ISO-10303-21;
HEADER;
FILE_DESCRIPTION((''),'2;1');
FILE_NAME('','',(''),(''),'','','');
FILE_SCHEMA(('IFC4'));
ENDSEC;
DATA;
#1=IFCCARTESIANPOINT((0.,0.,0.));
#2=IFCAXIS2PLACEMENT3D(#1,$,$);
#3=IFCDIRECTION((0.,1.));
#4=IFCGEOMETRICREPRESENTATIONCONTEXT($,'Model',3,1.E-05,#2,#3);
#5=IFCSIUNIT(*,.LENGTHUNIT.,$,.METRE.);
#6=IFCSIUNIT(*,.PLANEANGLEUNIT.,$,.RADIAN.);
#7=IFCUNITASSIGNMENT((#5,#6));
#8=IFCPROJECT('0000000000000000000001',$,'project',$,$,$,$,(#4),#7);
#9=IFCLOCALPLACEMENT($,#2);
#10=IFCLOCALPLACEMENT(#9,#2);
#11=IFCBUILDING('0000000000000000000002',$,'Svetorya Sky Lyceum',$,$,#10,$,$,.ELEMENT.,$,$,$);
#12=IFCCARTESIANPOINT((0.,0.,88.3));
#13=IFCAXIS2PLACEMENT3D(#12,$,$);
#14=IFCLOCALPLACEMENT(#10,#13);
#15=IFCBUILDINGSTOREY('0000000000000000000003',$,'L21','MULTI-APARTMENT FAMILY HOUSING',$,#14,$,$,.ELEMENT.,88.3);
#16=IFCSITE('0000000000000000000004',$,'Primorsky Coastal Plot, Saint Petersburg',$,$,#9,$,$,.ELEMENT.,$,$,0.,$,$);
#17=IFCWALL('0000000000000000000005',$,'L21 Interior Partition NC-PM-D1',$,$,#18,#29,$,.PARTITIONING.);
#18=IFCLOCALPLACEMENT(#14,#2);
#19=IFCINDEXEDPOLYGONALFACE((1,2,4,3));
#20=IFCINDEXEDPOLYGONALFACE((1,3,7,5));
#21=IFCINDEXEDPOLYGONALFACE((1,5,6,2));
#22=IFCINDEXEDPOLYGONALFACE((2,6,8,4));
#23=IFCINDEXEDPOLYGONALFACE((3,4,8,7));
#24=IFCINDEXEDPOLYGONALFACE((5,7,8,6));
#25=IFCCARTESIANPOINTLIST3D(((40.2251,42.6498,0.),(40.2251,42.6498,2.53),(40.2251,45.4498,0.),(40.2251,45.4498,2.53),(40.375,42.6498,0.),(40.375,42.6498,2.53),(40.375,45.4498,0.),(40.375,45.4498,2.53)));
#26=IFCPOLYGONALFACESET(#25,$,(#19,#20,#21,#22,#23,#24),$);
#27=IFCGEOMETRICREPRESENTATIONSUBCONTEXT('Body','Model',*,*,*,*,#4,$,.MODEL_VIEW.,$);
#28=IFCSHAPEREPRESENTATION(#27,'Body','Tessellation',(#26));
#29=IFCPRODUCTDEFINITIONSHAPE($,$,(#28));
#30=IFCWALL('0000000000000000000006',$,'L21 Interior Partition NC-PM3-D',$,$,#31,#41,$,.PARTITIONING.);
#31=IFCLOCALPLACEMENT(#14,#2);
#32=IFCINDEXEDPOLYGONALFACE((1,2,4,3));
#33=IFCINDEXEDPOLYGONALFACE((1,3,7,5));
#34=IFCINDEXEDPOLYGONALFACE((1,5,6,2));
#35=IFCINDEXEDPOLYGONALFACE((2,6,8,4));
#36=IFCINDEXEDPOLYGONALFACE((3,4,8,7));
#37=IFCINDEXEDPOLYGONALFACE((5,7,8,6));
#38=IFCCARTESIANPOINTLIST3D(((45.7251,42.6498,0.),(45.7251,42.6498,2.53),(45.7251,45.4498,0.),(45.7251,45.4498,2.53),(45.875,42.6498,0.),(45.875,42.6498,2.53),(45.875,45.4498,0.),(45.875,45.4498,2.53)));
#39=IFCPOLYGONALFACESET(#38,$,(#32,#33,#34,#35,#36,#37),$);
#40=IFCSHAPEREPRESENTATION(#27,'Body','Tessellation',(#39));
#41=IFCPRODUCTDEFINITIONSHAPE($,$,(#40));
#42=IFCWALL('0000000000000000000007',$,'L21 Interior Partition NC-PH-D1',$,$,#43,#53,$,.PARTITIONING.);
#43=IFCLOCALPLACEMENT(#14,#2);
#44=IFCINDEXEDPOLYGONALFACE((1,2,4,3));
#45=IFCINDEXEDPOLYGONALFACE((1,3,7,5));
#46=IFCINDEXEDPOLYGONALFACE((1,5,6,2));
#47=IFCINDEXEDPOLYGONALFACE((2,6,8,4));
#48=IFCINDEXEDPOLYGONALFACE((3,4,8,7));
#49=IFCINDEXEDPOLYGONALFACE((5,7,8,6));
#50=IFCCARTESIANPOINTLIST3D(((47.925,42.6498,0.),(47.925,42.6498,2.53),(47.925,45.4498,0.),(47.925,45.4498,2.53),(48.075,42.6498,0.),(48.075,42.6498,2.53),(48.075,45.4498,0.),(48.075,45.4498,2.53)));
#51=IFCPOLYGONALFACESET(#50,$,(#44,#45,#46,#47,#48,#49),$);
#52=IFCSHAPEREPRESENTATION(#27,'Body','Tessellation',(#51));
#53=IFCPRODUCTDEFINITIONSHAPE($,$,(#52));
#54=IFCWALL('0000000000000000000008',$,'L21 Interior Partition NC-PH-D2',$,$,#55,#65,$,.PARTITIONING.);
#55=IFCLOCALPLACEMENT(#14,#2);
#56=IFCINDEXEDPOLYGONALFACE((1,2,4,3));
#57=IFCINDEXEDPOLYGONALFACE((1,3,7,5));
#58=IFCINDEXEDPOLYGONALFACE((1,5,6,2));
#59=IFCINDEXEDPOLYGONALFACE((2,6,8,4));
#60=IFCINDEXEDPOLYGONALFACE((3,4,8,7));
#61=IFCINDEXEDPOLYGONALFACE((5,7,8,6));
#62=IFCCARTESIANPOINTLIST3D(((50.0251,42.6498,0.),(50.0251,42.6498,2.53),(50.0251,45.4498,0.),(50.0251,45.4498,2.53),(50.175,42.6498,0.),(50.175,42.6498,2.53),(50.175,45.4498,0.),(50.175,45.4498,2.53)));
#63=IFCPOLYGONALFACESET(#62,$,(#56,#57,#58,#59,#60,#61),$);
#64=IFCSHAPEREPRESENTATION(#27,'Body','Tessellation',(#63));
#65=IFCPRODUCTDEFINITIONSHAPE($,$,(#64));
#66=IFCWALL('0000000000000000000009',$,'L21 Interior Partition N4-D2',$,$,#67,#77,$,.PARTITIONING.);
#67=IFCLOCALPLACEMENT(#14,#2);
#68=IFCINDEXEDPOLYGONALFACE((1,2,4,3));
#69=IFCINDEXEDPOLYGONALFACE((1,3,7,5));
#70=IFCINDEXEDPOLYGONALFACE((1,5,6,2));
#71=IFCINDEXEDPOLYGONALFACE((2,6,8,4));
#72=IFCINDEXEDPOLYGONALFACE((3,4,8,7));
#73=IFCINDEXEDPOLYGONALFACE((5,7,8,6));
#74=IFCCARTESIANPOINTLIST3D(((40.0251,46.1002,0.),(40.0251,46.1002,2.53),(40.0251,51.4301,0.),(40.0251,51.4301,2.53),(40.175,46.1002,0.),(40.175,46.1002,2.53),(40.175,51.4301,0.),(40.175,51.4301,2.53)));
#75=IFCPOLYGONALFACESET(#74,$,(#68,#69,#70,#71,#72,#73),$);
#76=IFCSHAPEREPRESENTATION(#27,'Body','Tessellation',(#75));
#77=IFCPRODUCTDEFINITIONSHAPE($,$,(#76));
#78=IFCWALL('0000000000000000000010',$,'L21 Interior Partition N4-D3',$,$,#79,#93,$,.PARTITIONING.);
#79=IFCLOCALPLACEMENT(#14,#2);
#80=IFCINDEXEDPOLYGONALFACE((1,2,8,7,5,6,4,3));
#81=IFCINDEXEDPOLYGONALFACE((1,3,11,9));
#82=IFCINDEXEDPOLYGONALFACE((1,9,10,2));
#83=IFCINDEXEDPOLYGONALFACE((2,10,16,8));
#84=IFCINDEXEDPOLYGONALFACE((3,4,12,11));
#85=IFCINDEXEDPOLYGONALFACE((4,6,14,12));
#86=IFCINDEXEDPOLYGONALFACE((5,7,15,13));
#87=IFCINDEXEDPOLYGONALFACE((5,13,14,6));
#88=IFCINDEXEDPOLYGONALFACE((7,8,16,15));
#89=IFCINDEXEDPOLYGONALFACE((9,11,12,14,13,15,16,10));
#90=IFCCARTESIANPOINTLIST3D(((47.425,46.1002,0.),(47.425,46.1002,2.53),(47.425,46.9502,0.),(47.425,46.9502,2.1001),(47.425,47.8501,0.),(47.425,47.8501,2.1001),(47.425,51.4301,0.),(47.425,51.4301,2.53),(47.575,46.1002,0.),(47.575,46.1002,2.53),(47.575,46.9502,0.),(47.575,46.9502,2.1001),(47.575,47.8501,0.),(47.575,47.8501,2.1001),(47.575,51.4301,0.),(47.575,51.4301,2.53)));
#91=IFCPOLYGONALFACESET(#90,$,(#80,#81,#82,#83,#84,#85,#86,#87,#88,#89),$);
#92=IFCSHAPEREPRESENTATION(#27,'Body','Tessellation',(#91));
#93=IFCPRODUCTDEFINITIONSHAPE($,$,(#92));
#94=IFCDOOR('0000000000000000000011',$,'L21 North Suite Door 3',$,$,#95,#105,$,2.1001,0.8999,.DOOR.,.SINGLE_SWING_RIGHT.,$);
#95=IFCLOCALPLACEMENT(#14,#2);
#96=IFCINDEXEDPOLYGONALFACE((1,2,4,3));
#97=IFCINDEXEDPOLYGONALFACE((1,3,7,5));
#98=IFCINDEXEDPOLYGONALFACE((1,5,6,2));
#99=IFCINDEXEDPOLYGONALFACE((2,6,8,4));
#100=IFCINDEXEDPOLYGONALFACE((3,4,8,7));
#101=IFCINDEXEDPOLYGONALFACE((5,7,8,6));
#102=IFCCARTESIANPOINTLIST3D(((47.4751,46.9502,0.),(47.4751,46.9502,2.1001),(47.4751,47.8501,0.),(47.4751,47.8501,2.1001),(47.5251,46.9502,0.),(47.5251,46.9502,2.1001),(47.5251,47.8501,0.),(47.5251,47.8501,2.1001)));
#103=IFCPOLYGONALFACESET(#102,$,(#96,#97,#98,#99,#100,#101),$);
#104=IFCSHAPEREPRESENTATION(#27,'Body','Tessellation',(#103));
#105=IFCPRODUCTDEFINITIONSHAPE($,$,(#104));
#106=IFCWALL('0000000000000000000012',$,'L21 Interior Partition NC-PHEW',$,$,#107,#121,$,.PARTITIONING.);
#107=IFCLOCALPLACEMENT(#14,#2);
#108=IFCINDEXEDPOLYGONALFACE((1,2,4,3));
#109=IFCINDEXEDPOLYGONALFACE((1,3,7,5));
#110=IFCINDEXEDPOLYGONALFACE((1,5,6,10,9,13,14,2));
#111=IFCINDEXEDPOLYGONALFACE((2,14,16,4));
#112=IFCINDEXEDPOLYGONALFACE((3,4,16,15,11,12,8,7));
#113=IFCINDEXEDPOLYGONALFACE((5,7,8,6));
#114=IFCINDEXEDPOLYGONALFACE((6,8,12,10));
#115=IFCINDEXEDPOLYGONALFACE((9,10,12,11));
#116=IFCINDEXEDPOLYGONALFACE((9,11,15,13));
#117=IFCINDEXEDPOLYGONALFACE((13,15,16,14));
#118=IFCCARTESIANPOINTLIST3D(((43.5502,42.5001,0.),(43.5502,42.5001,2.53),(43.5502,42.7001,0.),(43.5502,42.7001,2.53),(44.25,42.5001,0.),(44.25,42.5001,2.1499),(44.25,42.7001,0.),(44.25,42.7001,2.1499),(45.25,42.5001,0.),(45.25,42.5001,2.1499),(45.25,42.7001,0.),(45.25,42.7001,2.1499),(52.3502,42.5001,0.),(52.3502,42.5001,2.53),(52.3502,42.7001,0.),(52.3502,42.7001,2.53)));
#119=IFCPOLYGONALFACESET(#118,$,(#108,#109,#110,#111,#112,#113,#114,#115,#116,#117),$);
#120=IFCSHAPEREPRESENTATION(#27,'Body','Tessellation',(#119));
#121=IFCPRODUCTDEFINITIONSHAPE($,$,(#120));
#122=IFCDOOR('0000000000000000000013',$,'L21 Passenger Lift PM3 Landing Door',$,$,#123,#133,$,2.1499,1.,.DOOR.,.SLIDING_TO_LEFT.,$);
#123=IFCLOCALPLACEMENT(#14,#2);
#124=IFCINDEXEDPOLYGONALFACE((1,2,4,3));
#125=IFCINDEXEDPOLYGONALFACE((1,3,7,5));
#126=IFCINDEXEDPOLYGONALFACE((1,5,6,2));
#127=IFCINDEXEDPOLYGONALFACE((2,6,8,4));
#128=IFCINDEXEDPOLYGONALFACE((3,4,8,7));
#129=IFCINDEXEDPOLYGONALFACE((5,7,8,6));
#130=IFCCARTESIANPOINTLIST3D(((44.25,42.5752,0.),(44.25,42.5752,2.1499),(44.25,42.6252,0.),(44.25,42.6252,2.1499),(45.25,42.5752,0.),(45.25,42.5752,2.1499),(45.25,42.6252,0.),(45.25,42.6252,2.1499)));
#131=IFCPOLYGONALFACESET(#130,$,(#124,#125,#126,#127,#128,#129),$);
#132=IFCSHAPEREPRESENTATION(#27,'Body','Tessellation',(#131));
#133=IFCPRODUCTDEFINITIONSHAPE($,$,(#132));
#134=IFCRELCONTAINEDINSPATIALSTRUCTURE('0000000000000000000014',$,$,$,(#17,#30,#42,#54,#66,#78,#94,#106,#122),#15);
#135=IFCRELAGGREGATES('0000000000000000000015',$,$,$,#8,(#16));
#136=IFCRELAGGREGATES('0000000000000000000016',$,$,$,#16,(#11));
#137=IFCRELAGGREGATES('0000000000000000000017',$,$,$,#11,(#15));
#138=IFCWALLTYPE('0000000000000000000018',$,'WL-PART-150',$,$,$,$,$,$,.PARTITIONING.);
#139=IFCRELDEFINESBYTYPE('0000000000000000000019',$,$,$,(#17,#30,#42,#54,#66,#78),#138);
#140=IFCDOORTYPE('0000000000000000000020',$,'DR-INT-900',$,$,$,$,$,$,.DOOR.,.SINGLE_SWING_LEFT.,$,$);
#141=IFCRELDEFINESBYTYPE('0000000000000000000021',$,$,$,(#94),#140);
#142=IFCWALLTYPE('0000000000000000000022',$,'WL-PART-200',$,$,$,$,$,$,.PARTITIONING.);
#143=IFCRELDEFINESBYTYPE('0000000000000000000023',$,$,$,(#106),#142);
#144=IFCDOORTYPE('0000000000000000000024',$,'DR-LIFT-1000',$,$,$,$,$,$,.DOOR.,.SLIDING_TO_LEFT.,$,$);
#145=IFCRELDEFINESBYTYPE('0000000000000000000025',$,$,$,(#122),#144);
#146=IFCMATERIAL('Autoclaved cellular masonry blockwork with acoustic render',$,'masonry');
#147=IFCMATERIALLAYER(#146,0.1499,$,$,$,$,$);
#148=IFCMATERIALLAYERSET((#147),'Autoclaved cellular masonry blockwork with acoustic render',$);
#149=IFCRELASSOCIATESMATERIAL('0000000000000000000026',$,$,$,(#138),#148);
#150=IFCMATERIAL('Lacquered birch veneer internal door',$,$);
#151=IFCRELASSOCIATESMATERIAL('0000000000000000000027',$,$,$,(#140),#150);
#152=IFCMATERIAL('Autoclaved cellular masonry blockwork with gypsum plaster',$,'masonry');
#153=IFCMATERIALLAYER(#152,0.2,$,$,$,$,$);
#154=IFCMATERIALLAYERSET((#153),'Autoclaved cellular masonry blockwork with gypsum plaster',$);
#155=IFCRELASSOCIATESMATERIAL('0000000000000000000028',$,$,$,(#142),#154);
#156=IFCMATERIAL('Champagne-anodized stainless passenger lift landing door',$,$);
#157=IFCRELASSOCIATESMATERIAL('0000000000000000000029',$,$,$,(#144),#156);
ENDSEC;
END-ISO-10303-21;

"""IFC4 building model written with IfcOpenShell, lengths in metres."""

from ifc_helpers import new_model, si_unit, direction, frame, frame_2d, origin, place, context, subcontext, project, spatial, rectangle, extrude, material, layer, layer_set, type_object, element, fill, save


model = new_model("IFC4")

# Units and contexts
model_context = context("Model", 3, precision=1e-05, world=origin(), true_north=direction((0.0, 1.0)))
body_context = subcontext(model_context, "Body", "Model", "MODEL_VIEW")
ifc_project = project(units=[si_unit("LENGTHUNIT", "METRE"), si_unit("PLANEANGLEUNIT", "RADIAN")], contexts=[model_context])

# Site, building, storey
site_placement = place(None, origin())
site = spatial("IfcSite", under=ifc_project, at=site_placement, Name="Primorsky Coastal Plot, Saint Petersburg", CompositionType="ELEMENT", RefElevation=0.0)
building_placement = place(site_placement, origin())
building = spatial("IfcBuilding", under=site, at=building_placement, Name="Svetorya Sky Lyceum", CompositionType="ELEMENT")
storey_placement = place(building_placement, frame((0.0, 0.0, 88.3)))
storey = spatial("IfcBuildingStorey", under=building, at=storey_placement, Name="L21", Description="MULTI-APARTMENT FAMILY HOUSING", CompositionType="ELEMENT", Elevation=88.3)

# Walls
ifc_material_1 = material(Name="Autoclaved cellular masonry blockwork with acoustic render", Category="masonry")
ifc_layer_1 = layer(ifc_material_1, 0.1499)
ifc_layer_set_1 = layer_set([ifc_layer_1], Name="Autoclaved cellular masonry blockwork with acoustic render")
wall_type_1 = type_object("IfcWallType", Name="WL-PART-150", PredefinedType="PARTITIONING", material=ifc_layer_set_1)
for number, where, z_axis, x_axis, name in (
    (1, (40.3, 42.6499, 0.0), (0.0, 0.0, 1.0), (0.0, 1.0, 0.0), "L21 Interior Partition NC-PM-D1"),
    (2, (45.8, 42.6499, 0.0), (0.0, 0.0, 1.0), (0.0, 1.0, 0.0), "L21 Interior Partition NC-PM3-D"),
    (3, (48.0, 42.6499, 0.0), (0.0, 0.0, 1.0), (0.0, 1.0, 0.0), "L21 Interior Partition NC-PH-D1"),
    (4, (50.1001, 42.6499, 0.0), (0.0, 0.0, 1.0), (0.0, 1.0, 0.0), "L21 Interior Partition NC-PH-D2"),
):
    element("IfcWall", number, at=place(storey_placement, frame(where, z_axis=z_axis, x_axis=x_axis)), inside=storey, type_object=wall_type_1, Name=name, PredefinedType="PARTITIONING", context=body_context, shape_type="SweptSolid", body=[
        extrude(rectangle(XDim=2.8, YDim=0.1499, at=frame_2d((1.3999, 0.0))), origin(), (0.0, 0.0, 1.0), 2.53),
    ])
wall_1_placement = place(storey_placement, frame((40.1001, 46.1001, 0.0), z_axis=(0.0, 0.0, 1.0), x_axis=(0.0, 1.0, 0.0)))
element("IfcWall", 5, at=wall_1_placement, inside=storey, type_object=wall_type_1, Name="L21 Interior Partition N4-D2", PredefinedType="PARTITIONING", context=body_context, shape_type="SweptSolid", body=[
    extrude(rectangle(XDim=5.3298, YDim=0.1499, at=frame_2d((2.665, 0.0))), origin(), (0.0, 0.0, 1.0), 2.53),
])

# Walls, openings, doors
wall_2_placement = place(storey_placement, frame((47.5, 46.1001, 0.0), z_axis=(0.0, 0.0, 1.0), x_axis=(0.0, 1.0, 0.0)))
wall_2 = element("IfcWall", 6, at=wall_2_placement, inside=storey, type_object=wall_type_1, Name="L21 Interior Partition N4-D3", PredefinedType="PARTITIONING", context=body_context, shape_type="SweptSolid", body=[
    extrude(rectangle(XDim=5.3298, YDim=0.1499, at=frame_2d((2.665, 0.0))), origin(), (0.0, 0.0, 1.0), 2.53),
])
opening_1_placement = place(wall_2_placement, frame((0.8501, 0.0, 0.0)))
opening_1 = element("IfcOpeningElement", 7, at=opening_1_placement, cuts=wall_2, PredefinedType="OPENING", context=body_context, shape_type="SweptSolid", body=[
    extrude(rectangle(XDim=0.8999, YDim=2.1001, at=frame_2d((0.45, 1.05))), frame((0.0, 0.085, 0.0), z_axis=(0.0, -1.0, 0.0), x_axis=(1.0, 0.0, 0.0)), (0.0, 0.0, 1.0), 0.1699),
])
ifc_material_2 = material(Name="Lacquered birch veneer internal door")
door_type_1 = type_object("IfcDoorType", Name="DR-INT-900", OperationType="SINGLE_SWING_LEFT", PredefinedType="DOOR", material=ifc_material_2)
door_1_placement = place(opening_1_placement, origin())
door_1 = element("IfcDoor", 8, at=door_1_placement, inside=storey, type_object=door_type_1, Name="L21 North Suite Door 3", OperationType="SINGLE_SWING_RIGHT", OverallHeight=2.1001, OverallWidth=0.8999, PredefinedType="DOOR", context=body_context, shape_type="SweptSolid", body=[
    extrude(rectangle(XDim=0.8999, YDim=2.1001, at=frame_2d((0.45, 1.05))), frame((0.0, 0.0249, 0.0), z_axis=(0.0, -1.0, 0.0), x_axis=(1.0, 0.0, 0.0)), (0.0, 0.0, 1.0), 0.05),
])
fill(opening_1, door_1)
ifc_material_3 = material(Name="Autoclaved cellular masonry blockwork with gypsum plaster", Category="masonry")
ifc_layer_2 = layer(ifc_material_3, 0.2)
ifc_layer_set_2 = layer_set([ifc_layer_2], Name="Autoclaved cellular masonry blockwork with gypsum plaster")
wall_type_2 = type_object("IfcWallType", Name="WL-PART-200", PredefinedType="PARTITIONING", material=ifc_layer_set_2)
wall_3_placement = place(storey_placement, frame((52.3501, 42.6001, 0.0), z_axis=(0.0, 0.0, 1.0), x_axis=(-1.0, 0.0, 0.0)))
wall_3 = element("IfcWall", 9, at=wall_3_placement, inside=storey, type_object=wall_type_2, Name="L21 Interior Partition NC-PHEW", PredefinedType="PARTITIONING", context=body_context, shape_type="SweptSolid", body=[
    extrude(rectangle(XDim=8.8, YDim=0.2, at=frame_2d((4.3999, 0.0))), origin(), (0.0, 0.0, 1.0), 2.53),
])
opening_2_placement = place(wall_3_placement, frame((7.1001, 0.0, 0.0)))
opening_2 = element("IfcOpeningElement", 10, at=opening_2_placement, cuts=wall_3, PredefinedType="OPENING", context=body_context, shape_type="SweptSolid", body=[
    extrude(rectangle(XDim=1.0, YDim=2.1499, at=frame_2d((0.5, 1.075))), frame((0.0, 0.1099, 0.0), z_axis=(0.0, -1.0, 0.0), x_axis=(1.0, 0.0, 0.0)), (0.0, 0.0, 1.0), 0.22),
])
ifc_material_4 = material(Name="Champagne-anodized stainless passenger lift landing door")
door_type_2 = type_object("IfcDoorType", Name="DR-LIFT-1000", OperationType="SLIDING_TO_LEFT", PredefinedType="DOOR", material=ifc_material_4)
door_2_placement = place(opening_2_placement, origin())
door_2 = element("IfcDoor", 11, at=door_2_placement, inside=storey, type_object=door_type_2, Name="L21 Passenger Lift PM3 Landing Door", OperationType="SLIDING_TO_LEFT", OverallHeight=2.1499, OverallWidth=1.0, PredefinedType="DOOR", context=body_context, shape_type="SweptSolid", body=[
    extrude(rectangle(XDim=1.0, YDim=2.1499, at=frame_2d((0.5, 1.075))), frame((0.0, 0.0249, 0.0), z_axis=(0.0, -1.0, 0.0), x_axis=(1.0, 0.0, 0.0)), (0.0, 0.0, 1.0), 0.05),
])
fill(opening_2, door_2)

save(model, "model.ifc")
